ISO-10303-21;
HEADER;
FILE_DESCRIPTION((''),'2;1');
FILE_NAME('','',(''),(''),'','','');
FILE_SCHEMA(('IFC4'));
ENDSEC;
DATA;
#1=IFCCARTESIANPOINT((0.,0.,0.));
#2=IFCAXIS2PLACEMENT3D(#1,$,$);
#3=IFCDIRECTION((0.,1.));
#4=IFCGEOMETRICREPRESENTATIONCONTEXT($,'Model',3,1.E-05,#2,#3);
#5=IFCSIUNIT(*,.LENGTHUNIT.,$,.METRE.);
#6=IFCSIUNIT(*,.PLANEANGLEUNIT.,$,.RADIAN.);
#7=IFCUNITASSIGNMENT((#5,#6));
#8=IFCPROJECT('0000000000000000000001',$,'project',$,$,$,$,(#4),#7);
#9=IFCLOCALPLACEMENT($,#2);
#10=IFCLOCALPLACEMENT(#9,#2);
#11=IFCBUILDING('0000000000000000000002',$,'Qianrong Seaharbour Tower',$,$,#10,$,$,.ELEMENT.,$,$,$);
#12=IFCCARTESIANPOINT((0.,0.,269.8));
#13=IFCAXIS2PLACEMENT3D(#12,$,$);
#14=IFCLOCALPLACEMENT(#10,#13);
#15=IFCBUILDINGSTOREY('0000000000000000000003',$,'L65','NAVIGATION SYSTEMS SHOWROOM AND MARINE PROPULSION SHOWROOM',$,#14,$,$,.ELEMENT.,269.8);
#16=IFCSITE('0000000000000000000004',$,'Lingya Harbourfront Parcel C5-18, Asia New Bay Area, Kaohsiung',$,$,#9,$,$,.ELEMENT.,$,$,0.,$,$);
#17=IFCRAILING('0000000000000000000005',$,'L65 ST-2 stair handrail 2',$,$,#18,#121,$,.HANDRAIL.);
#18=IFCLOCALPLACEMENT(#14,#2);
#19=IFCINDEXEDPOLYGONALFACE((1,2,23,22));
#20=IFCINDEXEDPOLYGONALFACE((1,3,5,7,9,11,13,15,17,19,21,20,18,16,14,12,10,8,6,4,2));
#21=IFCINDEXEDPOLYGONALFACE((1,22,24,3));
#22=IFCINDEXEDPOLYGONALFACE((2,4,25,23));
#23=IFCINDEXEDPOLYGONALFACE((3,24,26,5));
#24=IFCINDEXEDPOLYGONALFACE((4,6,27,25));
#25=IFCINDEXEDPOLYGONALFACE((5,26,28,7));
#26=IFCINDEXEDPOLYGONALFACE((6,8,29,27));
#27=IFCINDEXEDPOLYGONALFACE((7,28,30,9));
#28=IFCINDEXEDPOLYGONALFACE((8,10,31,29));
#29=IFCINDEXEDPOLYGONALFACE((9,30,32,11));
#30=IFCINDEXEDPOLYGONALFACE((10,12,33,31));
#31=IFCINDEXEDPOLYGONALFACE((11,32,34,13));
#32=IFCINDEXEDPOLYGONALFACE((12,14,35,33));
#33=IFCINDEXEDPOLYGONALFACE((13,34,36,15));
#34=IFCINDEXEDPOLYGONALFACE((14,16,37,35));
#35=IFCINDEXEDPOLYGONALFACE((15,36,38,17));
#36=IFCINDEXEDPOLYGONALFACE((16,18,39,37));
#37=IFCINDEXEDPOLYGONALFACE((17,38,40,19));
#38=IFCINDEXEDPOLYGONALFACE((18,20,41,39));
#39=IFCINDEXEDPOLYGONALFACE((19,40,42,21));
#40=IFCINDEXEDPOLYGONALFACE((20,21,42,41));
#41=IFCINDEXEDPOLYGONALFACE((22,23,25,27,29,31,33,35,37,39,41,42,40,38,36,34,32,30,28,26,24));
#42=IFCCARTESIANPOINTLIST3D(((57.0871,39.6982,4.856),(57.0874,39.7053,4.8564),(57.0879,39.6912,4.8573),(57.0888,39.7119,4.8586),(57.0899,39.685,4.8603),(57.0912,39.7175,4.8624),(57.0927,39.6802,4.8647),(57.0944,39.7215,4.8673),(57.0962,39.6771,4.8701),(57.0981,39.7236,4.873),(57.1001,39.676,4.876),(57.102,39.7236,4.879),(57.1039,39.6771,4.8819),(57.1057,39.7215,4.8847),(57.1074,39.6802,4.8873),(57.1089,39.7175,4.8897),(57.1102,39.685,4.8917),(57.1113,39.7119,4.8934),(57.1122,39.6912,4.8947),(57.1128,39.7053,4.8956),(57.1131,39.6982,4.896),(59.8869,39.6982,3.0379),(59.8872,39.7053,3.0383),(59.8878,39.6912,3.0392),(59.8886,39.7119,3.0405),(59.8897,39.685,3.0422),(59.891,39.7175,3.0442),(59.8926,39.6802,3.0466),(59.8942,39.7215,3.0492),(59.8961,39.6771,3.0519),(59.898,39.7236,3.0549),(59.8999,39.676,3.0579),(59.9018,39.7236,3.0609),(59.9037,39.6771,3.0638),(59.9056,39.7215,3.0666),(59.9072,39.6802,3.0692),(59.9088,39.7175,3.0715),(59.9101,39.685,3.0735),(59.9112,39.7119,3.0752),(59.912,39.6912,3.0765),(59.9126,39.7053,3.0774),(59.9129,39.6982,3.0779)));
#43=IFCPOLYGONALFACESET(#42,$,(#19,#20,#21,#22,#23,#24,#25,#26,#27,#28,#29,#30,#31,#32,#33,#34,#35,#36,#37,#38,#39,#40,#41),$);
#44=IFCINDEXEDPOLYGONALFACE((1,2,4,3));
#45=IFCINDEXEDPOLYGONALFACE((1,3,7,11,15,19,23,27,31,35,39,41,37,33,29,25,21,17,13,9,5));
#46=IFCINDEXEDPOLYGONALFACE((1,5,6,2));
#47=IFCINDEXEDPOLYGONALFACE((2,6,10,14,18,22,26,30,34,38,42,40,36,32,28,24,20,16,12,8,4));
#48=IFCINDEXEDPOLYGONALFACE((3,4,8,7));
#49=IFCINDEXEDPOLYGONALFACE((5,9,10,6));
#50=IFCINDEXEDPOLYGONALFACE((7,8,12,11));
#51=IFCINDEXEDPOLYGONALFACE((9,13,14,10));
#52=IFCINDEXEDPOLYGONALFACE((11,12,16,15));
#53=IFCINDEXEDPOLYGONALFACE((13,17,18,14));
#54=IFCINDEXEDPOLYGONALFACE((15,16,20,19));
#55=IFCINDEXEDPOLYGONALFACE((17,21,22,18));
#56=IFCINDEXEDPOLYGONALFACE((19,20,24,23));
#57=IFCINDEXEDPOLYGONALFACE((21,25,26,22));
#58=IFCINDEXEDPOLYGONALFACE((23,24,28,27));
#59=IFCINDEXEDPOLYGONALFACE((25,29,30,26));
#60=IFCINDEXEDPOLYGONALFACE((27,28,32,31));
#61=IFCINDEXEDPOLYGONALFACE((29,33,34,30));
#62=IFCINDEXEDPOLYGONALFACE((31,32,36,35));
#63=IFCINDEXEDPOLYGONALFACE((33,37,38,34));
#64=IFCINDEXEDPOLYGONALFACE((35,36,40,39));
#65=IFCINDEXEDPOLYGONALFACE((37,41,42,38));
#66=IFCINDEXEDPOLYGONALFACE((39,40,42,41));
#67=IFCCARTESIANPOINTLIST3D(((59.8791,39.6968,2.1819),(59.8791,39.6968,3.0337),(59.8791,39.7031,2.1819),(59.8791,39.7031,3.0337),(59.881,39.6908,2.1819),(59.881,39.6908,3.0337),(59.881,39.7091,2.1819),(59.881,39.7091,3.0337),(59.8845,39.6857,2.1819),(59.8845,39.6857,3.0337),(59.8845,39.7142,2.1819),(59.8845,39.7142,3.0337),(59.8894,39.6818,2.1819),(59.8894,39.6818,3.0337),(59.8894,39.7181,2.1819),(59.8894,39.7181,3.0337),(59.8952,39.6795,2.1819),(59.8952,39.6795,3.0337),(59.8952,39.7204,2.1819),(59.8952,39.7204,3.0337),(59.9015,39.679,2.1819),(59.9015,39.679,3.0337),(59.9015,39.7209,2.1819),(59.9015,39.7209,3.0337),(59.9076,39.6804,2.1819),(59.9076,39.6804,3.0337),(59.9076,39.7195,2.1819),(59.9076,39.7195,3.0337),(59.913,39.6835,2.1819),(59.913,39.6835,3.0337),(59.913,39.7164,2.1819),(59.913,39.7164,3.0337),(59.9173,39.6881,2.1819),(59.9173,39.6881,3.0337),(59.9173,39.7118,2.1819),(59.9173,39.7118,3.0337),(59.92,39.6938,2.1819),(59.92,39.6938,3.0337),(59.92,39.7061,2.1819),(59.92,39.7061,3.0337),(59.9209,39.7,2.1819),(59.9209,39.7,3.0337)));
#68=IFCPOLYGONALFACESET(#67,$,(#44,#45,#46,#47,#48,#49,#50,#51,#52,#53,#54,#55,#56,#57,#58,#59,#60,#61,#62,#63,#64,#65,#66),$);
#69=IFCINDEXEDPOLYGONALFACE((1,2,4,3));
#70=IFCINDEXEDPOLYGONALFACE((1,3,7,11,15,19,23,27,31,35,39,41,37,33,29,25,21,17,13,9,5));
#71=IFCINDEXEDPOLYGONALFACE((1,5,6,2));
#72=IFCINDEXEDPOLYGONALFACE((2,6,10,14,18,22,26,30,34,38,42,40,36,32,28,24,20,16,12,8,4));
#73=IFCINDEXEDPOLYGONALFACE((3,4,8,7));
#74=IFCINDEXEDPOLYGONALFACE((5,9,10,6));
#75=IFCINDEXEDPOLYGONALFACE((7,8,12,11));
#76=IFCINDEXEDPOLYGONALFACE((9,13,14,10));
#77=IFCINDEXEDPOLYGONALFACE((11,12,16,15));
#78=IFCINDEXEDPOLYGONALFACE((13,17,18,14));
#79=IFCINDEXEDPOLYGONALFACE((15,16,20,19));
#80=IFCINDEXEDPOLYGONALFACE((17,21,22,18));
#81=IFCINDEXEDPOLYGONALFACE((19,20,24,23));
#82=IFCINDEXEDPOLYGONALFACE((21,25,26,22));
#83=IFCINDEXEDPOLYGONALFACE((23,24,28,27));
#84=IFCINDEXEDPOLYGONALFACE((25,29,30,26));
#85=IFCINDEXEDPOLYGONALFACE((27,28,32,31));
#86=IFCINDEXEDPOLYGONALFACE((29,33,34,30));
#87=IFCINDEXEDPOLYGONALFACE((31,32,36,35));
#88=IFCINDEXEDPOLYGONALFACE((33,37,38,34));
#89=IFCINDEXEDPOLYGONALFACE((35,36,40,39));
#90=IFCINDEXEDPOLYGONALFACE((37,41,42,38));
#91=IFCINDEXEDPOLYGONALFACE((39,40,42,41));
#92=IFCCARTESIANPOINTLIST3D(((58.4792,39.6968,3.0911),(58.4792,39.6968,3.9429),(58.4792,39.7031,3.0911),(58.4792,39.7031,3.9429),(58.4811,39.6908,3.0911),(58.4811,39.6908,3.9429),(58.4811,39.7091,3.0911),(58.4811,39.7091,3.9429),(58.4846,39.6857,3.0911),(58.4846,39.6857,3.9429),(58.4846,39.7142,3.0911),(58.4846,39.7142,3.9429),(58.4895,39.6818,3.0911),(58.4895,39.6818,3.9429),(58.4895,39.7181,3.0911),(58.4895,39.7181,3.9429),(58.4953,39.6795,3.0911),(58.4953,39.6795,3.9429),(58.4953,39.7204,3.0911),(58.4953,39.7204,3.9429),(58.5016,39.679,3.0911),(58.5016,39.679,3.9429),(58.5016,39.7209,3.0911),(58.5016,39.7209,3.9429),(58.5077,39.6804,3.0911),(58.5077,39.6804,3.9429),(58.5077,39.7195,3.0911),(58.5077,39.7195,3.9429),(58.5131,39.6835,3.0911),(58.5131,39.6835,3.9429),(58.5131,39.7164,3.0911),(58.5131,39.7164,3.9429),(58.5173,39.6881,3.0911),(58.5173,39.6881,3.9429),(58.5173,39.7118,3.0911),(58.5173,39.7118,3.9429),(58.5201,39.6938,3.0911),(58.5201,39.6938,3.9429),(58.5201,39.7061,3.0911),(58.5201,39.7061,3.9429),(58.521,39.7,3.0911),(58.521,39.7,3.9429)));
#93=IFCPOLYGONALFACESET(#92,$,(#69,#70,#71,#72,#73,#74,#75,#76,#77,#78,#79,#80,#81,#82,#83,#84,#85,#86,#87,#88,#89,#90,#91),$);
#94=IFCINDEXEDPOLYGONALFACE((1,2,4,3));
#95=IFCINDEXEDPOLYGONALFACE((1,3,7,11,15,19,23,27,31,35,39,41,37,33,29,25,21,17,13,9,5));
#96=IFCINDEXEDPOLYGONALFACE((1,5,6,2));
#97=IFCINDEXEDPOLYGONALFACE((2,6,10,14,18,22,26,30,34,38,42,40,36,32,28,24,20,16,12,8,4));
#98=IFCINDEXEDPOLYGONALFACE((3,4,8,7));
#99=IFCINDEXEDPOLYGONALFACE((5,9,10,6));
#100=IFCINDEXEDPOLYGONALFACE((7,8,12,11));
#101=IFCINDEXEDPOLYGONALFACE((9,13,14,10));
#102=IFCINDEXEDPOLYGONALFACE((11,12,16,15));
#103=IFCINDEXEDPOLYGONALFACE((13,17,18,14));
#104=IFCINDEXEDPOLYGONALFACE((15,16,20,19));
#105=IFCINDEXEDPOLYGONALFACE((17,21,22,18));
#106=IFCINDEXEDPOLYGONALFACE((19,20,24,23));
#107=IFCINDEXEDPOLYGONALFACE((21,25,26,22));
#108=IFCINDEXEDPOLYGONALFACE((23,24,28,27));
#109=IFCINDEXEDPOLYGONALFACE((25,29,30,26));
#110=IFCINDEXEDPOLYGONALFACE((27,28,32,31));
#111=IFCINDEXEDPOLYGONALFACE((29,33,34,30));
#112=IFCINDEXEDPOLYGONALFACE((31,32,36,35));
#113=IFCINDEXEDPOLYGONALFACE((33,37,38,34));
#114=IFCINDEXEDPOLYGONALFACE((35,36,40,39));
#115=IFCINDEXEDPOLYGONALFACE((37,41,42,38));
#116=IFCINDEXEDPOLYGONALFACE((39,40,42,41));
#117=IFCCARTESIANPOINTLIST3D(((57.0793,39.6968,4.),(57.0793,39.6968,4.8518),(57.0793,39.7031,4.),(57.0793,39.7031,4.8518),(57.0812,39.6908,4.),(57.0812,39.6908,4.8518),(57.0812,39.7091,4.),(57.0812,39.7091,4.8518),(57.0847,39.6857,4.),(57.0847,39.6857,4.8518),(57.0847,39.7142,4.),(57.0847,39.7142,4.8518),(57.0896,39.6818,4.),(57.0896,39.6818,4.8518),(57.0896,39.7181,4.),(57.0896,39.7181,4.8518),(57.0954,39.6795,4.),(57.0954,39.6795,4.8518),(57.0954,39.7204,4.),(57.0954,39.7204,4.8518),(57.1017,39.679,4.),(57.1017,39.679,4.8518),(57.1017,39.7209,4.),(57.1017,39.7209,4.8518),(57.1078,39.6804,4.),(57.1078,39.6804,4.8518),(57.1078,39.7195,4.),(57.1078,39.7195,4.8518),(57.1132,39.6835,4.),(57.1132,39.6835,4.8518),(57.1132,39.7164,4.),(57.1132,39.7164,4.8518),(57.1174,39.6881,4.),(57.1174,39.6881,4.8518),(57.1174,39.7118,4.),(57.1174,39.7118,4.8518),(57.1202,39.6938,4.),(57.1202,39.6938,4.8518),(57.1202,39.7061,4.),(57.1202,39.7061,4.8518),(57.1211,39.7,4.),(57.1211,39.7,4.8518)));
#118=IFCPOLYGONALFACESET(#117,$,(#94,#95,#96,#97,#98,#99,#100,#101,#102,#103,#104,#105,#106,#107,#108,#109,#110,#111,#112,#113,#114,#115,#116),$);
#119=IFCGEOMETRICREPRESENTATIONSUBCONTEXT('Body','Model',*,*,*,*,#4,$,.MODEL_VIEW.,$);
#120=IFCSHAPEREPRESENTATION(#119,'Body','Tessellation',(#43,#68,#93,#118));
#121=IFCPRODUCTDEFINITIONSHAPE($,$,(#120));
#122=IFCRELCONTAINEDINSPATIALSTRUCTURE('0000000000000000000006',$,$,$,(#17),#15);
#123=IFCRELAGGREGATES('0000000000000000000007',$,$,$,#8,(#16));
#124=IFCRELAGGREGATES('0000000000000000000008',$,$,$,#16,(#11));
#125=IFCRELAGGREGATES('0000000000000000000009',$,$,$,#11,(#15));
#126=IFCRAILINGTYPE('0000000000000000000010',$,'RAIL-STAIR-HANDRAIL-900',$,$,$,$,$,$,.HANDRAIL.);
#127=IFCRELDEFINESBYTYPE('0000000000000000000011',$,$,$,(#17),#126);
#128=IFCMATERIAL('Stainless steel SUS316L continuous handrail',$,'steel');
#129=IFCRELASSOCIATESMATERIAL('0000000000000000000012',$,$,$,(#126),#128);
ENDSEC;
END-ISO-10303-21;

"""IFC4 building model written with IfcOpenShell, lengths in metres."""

from ifc_helpers import new_model, si_unit, direction, frame, origin, origin_2d, place, context, subcontext, project, spatial, circle, extrude, material, type_object, element, save


model = new_model("IFC4")

# Units and contexts
model_context = context("Model", 3, precision=1e-05, world=origin(), true_north=direction((0.0, 1.0)))
body_context = subcontext(model_context, "Body", "Model", "MODEL_VIEW")
ifc_project = project(units=[si_unit("LENGTHUNIT", "METRE"), si_unit("PLANEANGLEUNIT", "RADIAN")], contexts=[model_context])

# Site, building, storey
site_placement = place(None, origin())
site = spatial("IfcSite", under=ifc_project, at=site_placement, Name="Lingya Harbourfront Parcel C5-18, Asia New Bay Area, Kaohsiung", CompositionType="ELEMENT", RefElevation=0.0)
building_placement = place(site_placement, origin())
building = spatial("IfcBuilding", under=site, at=building_placement, Name="Qianrong Seaharbour Tower", CompositionType="ELEMENT")
storey_placement = place(building_placement, frame((0.0, 0.0, 269.8)))
storey = spatial("IfcBuildingStorey", under=building, at=storey_placement, Name="L65", Description="NAVIGATION SYSTEMS SHOWROOM AND MARINE PROPULSION SHOWROOM", CompositionType="ELEMENT", Elevation=269.8)

# Railing
ifc_material_1 = material(Name="Stainless steel SUS316L continuous handrail", Category="steel")
railing_type_1 = type_object("IfcRailingType", Name="RAIL-STAIR-HANDRAIL-900", PredefinedType="HANDRAIL", material=ifc_material_1)
railing_1_placement = place(storey_placement, frame((59.8999, 39.7, 2.1819)))
element("IfcRailing", 1, at=railing_1_placement, inside=storey, type_object=railing_type_1, Name="L65 ST-2 stair handrail 2", PredefinedType="HANDRAIL", context=body_context, shape_type="SweptSolid", body=[
    extrude(circle(Radius=0.0239, at=origin_2d()), frame((0.0, 0.0, 0.876), z_axis=(-0.838684, 0.0, 0.544618), x_axis=(0.0, -1.0, 0.0)), (0.0, 0.0, 1.0), 3.3384),
    extrude(circle(Radius=0.021, at=origin_2d()), origin(), (0.0, 0.0, 1.0), 0.8518),
    extrude(circle(Radius=0.021, at=origin_2d()), frame((-1.3999, 0.0, 0.9092)), (0.0, 0.0, 1.0), 0.8518),
    extrude(circle(Radius=0.021, at=origin_2d()), frame((-2.7998, 0.0, 1.8181)), (0.0, 0.0, 1.0), 0.8518),
])

save(model, "model.ifc")
